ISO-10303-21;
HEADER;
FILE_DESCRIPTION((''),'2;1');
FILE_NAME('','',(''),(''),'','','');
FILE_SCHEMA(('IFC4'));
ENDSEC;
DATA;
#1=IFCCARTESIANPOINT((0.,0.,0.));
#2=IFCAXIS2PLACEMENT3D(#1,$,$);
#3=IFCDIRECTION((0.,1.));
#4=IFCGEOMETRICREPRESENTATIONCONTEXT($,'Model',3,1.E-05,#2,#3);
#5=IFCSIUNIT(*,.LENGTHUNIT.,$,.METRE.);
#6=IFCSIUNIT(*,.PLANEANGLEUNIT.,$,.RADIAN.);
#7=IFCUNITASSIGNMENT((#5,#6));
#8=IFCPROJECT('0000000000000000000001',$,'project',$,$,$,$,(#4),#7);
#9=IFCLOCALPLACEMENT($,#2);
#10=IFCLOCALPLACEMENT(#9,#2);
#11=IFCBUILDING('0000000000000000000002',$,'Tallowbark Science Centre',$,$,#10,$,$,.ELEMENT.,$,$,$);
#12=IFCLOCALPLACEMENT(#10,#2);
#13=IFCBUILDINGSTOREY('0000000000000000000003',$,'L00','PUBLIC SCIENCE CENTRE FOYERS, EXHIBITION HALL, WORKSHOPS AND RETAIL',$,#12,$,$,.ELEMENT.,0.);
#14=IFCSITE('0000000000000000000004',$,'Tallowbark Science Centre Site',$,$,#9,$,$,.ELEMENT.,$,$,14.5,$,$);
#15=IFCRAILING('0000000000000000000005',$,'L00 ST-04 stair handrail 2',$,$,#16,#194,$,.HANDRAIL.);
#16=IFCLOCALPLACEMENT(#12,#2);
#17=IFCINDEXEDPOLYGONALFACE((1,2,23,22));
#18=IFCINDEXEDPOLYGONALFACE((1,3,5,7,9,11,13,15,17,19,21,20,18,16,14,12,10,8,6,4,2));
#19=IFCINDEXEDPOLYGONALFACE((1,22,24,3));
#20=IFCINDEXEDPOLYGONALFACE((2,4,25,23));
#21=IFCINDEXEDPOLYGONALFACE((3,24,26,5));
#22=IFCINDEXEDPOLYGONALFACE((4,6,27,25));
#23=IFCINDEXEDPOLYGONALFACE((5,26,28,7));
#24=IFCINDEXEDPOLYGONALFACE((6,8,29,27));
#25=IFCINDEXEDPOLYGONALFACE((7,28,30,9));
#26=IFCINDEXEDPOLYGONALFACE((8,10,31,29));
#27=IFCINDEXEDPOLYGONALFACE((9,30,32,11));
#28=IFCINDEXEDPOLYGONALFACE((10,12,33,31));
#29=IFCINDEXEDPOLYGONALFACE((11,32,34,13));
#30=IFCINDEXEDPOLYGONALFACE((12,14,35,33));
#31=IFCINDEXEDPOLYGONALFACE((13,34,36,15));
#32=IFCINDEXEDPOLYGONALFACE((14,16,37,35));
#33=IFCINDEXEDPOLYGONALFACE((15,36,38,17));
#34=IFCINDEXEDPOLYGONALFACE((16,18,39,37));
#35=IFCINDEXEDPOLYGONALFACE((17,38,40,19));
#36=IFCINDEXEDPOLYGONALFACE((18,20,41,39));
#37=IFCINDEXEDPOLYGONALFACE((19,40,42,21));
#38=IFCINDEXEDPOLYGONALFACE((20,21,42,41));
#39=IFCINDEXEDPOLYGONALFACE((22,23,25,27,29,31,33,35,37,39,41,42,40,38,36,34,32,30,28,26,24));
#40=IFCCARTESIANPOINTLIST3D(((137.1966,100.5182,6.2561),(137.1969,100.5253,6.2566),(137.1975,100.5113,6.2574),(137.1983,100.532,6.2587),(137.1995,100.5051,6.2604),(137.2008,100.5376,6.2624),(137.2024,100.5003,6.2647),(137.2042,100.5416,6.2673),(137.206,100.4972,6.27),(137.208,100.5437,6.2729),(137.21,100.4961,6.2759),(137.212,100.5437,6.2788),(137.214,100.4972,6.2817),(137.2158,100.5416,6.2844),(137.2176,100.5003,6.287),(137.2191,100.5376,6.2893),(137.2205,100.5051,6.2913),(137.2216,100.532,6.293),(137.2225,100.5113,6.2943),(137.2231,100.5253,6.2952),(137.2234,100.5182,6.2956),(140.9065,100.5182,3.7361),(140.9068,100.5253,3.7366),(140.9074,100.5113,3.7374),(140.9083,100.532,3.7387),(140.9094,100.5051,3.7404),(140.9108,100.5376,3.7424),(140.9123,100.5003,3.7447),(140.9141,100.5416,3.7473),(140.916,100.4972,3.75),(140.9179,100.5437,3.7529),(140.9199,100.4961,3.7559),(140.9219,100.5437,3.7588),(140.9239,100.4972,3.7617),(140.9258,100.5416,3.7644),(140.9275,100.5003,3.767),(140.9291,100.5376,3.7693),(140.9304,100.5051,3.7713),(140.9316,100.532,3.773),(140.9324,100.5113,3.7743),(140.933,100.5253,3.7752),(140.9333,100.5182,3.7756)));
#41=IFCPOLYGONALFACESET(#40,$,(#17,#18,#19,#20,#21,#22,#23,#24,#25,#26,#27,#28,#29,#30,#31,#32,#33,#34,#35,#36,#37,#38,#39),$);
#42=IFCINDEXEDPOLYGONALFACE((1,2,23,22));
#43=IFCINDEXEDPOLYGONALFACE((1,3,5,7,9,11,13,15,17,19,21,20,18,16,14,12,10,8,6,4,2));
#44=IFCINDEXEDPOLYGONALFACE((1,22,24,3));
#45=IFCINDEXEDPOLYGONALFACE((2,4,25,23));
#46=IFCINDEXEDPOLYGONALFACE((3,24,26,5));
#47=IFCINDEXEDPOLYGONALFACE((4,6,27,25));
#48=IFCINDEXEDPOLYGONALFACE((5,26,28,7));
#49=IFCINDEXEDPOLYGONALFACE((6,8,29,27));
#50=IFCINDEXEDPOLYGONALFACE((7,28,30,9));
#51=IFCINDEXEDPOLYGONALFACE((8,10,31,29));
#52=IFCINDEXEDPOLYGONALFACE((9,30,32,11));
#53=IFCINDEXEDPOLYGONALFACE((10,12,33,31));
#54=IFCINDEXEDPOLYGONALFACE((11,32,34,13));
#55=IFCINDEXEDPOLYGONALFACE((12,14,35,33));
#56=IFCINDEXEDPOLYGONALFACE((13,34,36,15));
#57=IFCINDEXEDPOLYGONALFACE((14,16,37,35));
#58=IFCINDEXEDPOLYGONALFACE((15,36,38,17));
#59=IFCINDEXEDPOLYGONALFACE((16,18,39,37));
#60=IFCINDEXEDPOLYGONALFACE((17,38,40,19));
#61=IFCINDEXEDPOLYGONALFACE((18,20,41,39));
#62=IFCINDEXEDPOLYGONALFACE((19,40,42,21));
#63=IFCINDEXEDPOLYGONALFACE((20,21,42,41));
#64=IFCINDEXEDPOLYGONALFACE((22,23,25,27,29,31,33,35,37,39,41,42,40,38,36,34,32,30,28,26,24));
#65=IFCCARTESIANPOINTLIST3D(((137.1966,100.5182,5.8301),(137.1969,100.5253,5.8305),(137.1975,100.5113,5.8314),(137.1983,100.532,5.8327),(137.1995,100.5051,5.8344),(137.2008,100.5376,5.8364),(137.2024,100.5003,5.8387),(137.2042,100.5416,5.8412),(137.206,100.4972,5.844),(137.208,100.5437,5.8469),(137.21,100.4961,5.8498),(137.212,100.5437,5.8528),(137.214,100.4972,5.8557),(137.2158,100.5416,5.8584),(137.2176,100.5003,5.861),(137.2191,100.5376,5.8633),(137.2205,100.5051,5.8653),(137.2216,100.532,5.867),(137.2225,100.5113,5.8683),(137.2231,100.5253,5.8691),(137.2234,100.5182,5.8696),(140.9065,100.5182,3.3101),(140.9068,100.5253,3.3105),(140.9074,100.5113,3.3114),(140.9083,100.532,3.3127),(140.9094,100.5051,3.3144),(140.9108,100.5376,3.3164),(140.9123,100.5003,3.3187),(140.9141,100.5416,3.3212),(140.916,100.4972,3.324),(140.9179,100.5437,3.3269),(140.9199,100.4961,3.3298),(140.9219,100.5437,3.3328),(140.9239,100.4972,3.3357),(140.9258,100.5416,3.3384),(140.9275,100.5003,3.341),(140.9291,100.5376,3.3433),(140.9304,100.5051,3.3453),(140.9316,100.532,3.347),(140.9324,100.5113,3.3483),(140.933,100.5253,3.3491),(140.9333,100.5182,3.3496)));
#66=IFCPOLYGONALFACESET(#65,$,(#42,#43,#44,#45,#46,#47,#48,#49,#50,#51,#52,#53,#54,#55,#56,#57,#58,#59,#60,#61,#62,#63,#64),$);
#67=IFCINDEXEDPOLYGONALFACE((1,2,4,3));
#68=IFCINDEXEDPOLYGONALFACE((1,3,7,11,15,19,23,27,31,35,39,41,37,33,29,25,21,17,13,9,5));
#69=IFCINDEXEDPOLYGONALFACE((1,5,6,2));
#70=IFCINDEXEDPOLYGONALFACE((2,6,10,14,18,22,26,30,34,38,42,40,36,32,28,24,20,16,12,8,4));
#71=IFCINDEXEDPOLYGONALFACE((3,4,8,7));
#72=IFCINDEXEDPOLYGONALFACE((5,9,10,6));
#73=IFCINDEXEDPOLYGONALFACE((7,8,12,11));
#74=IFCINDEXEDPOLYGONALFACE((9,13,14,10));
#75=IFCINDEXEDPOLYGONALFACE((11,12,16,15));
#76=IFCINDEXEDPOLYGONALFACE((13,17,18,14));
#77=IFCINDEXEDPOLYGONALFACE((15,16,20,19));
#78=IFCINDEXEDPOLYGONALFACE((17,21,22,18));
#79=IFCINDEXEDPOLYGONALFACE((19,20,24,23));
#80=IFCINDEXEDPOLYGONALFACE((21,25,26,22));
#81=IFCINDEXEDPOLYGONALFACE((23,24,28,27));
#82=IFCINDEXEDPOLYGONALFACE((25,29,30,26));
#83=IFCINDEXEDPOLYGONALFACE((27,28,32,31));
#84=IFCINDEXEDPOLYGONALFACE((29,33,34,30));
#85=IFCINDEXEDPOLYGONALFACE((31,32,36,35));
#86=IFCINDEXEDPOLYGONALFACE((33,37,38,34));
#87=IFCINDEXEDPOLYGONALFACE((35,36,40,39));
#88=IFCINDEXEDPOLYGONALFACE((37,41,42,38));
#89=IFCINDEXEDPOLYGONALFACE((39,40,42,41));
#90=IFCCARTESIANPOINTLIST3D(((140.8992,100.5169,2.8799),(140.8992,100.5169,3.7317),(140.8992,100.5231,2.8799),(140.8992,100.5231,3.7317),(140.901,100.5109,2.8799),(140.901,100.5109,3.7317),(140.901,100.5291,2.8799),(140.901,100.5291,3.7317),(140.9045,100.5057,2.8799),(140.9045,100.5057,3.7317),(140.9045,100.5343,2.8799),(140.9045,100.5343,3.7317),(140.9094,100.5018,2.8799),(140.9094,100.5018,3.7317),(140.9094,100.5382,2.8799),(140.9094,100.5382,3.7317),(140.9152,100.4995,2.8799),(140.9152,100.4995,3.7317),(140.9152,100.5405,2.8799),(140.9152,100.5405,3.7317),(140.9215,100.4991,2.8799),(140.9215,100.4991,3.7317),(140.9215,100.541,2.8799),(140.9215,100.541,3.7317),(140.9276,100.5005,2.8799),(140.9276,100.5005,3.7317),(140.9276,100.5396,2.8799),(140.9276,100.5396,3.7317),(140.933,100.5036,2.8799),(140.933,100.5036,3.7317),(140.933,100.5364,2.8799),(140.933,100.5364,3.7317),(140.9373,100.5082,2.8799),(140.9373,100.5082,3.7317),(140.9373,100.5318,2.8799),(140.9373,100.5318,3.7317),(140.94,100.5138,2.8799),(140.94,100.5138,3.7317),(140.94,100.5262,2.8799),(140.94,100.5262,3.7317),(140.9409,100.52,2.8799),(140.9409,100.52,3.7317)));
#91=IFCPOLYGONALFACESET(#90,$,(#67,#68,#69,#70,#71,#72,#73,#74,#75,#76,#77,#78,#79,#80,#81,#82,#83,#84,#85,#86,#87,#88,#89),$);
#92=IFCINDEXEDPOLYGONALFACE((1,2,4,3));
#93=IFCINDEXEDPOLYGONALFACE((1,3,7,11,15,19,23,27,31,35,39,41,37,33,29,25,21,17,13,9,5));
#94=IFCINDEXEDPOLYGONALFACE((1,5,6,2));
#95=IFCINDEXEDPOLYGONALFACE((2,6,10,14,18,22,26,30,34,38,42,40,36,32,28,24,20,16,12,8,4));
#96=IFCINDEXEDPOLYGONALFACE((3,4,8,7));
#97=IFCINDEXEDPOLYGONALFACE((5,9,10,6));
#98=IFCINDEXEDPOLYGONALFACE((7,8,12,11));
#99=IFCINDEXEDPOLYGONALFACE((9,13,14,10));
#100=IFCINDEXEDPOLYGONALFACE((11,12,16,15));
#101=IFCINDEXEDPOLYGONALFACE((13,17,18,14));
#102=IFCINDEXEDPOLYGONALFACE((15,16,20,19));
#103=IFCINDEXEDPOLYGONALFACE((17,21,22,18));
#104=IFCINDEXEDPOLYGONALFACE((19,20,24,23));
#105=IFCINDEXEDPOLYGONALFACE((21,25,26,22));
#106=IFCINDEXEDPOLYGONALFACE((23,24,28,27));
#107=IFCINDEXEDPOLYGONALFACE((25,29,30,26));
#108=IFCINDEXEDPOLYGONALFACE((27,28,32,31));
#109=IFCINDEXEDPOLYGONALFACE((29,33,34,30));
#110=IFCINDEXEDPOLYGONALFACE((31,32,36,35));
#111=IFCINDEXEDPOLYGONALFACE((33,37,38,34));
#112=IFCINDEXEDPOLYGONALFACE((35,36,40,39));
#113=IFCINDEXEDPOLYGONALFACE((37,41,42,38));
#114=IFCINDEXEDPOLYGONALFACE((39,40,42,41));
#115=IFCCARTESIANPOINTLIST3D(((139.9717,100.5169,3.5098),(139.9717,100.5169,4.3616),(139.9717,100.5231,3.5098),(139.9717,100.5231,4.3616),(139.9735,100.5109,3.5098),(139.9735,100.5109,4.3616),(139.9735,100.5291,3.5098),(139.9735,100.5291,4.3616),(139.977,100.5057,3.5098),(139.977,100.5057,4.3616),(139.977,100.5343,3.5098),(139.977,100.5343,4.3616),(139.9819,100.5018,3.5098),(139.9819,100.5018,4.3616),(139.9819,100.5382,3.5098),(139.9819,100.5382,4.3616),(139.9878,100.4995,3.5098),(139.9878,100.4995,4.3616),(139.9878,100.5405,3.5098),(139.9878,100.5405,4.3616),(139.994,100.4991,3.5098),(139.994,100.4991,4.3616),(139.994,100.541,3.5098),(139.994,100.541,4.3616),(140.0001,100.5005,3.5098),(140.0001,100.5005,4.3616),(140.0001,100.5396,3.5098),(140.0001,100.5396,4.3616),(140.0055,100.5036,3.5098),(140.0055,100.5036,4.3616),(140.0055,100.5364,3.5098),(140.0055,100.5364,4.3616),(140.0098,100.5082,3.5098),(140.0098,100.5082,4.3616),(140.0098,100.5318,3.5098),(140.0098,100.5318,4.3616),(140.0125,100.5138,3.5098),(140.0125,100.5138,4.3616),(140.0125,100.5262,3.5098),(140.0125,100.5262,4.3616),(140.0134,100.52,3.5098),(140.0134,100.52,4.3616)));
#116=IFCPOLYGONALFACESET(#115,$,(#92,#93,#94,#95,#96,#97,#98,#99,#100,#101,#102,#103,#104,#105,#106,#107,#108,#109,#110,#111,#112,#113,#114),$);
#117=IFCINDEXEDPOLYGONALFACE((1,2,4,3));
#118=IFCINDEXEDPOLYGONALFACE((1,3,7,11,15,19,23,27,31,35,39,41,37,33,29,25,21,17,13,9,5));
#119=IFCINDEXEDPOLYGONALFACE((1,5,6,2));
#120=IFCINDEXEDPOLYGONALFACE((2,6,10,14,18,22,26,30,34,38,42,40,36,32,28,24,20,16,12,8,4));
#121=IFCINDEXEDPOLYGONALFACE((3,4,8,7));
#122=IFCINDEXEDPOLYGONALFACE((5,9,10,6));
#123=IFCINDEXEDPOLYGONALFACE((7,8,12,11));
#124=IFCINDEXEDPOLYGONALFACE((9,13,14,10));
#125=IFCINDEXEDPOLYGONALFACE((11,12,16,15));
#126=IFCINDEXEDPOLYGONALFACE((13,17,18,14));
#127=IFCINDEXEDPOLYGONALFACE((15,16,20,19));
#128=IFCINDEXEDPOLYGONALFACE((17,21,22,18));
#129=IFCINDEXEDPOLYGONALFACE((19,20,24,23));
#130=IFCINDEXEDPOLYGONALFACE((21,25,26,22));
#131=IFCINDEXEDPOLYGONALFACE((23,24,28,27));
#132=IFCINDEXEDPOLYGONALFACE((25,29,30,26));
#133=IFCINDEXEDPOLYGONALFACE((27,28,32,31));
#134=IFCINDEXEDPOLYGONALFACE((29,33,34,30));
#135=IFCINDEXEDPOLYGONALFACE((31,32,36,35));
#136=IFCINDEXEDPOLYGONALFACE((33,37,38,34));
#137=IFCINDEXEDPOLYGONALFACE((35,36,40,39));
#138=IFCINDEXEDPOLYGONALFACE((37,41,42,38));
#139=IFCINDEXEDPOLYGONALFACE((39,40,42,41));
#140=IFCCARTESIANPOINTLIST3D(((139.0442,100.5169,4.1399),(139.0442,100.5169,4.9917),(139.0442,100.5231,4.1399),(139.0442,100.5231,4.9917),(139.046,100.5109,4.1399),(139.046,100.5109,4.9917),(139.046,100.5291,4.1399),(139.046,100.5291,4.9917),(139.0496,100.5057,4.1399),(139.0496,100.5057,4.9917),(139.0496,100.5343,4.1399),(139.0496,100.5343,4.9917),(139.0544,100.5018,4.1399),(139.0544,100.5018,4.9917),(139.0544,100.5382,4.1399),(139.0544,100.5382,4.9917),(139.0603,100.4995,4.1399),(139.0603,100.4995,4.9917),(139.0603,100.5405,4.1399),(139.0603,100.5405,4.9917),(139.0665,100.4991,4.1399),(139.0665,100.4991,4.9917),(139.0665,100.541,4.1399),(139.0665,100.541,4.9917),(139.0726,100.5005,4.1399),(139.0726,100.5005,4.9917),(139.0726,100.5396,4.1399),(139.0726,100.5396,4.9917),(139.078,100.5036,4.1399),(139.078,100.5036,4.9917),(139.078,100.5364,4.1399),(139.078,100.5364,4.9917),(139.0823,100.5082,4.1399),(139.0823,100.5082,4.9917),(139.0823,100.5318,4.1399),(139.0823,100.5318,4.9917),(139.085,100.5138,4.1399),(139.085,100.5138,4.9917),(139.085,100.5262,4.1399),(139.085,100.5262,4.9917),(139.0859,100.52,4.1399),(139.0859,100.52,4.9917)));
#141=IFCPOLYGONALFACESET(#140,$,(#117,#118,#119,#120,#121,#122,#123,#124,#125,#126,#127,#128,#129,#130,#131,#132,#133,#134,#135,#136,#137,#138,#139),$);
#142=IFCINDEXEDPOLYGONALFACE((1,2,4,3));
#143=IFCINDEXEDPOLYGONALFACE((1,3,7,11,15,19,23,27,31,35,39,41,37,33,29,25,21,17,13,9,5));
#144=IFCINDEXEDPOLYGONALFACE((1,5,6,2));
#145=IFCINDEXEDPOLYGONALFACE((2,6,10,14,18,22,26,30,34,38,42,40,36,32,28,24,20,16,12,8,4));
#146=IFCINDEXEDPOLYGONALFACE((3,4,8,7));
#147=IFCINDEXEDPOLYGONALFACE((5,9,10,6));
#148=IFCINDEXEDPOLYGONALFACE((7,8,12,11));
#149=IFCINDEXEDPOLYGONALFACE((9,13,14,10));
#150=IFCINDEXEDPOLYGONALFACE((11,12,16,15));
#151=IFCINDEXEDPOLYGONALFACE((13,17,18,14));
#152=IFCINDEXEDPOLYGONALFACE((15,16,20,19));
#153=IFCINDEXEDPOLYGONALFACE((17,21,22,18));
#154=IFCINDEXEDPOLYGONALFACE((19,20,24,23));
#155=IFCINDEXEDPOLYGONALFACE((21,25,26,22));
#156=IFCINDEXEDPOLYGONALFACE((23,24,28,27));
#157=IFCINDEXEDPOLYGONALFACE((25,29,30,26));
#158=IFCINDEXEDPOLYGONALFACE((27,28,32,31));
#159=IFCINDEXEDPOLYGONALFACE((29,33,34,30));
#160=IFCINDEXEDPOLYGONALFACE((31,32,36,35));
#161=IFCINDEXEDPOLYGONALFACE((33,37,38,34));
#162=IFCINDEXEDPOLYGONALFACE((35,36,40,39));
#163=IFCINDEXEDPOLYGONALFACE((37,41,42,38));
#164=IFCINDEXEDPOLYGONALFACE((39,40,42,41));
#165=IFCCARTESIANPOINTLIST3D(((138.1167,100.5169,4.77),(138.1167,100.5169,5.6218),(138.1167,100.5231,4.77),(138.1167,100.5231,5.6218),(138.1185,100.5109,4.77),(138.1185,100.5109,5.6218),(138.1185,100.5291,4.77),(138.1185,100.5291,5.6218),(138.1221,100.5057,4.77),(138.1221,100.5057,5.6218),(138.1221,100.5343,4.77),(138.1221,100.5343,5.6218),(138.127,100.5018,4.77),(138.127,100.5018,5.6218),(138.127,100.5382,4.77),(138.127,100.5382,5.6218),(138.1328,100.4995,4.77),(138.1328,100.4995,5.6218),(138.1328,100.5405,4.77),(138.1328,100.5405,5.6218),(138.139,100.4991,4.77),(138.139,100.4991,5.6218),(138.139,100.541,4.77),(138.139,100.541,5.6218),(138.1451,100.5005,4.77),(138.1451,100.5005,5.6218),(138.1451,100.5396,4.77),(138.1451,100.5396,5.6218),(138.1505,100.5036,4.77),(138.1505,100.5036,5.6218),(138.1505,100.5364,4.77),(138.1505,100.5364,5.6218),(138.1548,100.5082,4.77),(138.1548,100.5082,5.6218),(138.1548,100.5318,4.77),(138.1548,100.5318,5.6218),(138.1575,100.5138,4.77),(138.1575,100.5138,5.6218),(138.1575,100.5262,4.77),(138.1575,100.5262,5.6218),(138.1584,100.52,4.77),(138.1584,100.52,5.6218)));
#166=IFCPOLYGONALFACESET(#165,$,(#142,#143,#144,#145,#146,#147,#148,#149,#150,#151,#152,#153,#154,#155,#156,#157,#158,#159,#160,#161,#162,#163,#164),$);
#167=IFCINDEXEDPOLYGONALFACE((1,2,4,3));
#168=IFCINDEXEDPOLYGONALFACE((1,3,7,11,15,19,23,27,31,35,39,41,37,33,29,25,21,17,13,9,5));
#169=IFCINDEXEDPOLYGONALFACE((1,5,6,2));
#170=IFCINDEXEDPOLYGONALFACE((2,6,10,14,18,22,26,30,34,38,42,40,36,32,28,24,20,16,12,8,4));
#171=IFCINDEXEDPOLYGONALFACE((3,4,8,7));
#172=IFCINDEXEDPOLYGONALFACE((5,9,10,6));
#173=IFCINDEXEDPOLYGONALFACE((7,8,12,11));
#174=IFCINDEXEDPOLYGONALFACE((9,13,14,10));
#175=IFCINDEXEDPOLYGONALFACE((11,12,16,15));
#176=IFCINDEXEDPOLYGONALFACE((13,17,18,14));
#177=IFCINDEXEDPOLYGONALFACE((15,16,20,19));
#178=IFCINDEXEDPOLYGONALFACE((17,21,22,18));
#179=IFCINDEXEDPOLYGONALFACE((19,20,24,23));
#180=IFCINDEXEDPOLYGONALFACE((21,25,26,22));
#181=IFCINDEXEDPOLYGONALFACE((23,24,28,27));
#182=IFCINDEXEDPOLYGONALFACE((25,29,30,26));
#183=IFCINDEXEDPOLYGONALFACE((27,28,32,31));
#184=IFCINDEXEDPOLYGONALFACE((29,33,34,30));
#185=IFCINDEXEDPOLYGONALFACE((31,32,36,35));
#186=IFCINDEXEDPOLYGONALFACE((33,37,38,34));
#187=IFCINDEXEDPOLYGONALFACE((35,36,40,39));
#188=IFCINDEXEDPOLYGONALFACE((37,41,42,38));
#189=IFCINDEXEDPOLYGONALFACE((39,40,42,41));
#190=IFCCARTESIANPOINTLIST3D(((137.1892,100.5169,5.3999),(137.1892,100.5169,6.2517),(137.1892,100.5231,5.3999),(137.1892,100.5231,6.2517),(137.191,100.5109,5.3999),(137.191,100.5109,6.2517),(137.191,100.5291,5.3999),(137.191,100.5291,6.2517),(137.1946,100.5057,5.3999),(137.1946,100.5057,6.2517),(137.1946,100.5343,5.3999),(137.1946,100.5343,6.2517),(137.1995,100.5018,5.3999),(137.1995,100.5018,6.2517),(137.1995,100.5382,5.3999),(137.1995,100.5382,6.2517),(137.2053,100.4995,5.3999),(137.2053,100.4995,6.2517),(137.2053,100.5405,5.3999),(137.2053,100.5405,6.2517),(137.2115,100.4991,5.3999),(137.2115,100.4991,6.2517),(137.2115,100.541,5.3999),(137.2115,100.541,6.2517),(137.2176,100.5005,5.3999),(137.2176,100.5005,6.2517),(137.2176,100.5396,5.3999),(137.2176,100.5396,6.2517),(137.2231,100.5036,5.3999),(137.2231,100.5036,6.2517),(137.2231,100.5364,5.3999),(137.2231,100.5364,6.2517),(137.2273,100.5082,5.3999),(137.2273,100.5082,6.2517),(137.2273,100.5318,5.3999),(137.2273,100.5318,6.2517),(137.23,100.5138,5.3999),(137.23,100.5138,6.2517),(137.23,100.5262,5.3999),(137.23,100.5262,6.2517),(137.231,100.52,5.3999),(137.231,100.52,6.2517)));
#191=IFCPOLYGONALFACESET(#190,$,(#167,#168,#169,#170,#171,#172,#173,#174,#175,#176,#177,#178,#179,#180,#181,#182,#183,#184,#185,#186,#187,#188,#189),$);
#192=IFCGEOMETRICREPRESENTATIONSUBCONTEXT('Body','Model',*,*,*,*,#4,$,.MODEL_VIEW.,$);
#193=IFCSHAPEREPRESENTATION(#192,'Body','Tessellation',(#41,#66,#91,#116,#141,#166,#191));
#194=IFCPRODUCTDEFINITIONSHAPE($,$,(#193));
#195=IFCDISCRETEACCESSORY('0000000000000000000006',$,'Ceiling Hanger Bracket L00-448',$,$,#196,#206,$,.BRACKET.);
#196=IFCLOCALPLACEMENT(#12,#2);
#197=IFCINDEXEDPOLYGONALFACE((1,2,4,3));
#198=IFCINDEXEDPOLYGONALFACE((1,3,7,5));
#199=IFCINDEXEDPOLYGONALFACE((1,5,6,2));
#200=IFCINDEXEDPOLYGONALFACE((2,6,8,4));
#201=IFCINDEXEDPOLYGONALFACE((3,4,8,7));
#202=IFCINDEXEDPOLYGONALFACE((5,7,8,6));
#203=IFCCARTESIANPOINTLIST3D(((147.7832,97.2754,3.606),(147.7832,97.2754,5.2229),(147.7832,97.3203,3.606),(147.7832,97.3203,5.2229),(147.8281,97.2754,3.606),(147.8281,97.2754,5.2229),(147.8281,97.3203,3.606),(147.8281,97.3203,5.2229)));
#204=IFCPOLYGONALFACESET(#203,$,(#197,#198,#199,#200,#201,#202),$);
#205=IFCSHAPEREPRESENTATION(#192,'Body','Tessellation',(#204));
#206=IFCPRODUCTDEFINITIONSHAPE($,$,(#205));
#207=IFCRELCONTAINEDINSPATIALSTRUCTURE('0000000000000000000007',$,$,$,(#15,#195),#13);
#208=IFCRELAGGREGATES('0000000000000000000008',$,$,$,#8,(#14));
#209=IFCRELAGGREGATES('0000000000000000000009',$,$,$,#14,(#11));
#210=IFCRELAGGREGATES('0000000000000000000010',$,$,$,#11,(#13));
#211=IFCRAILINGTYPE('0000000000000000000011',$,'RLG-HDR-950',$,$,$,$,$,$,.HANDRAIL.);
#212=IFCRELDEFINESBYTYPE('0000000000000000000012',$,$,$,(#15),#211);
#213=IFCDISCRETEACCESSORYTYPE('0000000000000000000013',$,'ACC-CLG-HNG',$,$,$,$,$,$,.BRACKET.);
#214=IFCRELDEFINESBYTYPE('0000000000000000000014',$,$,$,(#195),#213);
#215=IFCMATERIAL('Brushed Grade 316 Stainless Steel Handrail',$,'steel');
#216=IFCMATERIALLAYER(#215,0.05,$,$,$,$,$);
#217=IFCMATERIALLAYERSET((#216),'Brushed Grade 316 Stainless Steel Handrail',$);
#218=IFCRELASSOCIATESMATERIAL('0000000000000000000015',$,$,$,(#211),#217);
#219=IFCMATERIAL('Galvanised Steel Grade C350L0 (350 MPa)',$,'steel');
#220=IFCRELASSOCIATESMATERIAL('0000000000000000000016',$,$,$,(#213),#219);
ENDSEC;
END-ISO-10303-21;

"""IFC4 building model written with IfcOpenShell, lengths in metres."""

from ifc_helpers import new_model, si_unit, direction, frame, origin, origin_2d, place, context, subcontext, project, spatial, rectangle, circle, extrude, material, layer, layer_set, type_object, element, save


model = new_model("IFC4")

# Units and contexts
model_context = context("Model", 3, precision=1e-05, world=origin(), true_north=direction((0.0, 1.0)))
body_context = subcontext(model_context, "Body", "Model", "MODEL_VIEW")
ifc_project = project(units=[si_unit("LENGTHUNIT", "METRE"), si_unit("PLANEANGLEUNIT", "RADIAN")], contexts=[model_context])

# Site, building, storey
site_placement = place(None, origin())
site = spatial("IfcSite", under=ifc_project, at=site_placement, Name="Tallowbark Science Centre Site", CompositionType="ELEMENT", RefElevation=14.5)
building_placement = place(site_placement, origin())
building = spatial("IfcBuilding", under=site, at=building_placement, Name="Tallowbark Science Centre", CompositionType="ELEMENT")
storey_placement = place(building_placement, origin())
storey = spatial("IfcBuildingStorey", under=building, at=storey_placement, Name="L00", Description="PUBLIC SCIENCE CENTRE FOYERS, EXHIBITION HALL, WORKSHOPS AND RETAIL", CompositionType="ELEMENT", Elevation=0.0)

# Railing
ifc_material_1 = material(Name="Brushed Grade 316 Stainless Steel Handrail", Category="steel")
ifc_layer_1 = layer(ifc_material_1, 0.05)
ifc_layer_set_1 = layer_set([ifc_layer_1], Name="Brushed Grade 316 Stainless Steel Handrail")
railing_type_1 = type_object("IfcRailingType", Name="RLG-HDR-950", PredefinedType="HANDRAIL", material=ifc_layer_set_1)
railing_1_placement = place(storey_placement, frame((140.9199, 100.52, 2.8799)))
element("IfcRailing", 1, at=railing_1_placement, inside=storey, type_object=railing_type_1, Name="L00 ST-04 stair handrail 2", PredefinedType="HANDRAIL", context=body_context, shape_type="SweptSolid", body=[
    extrude(circle(Radius=0.0239, at=origin_2d()), frame((0.0, 0.0, 0.876), z_axis=(-0.827212, 0.0, 0.56189), x_axis=(0.0, -1.0, 0.0)), (0.0, 0.0, 1.0), 4.4849),
    extrude(circle(Radius=0.0239, at=origin_2d()), frame((0.0, 0.0, 0.45), z_axis=(-0.827212, 0.0, 0.56189), x_axis=(0.0, -1.0, 0.0)), (0.0, 0.0, 1.0), 4.4849),
    extrude(circle(Radius=0.021, at=origin_2d()), origin(), (0.0, 0.0, 1.0), 0.8518),
    extrude(circle(Radius=0.021, at=origin_2d()), frame((-0.9275, 0.0, 0.6299)), (0.0, 0.0, 1.0), 0.8518),
    extrude(circle(Radius=0.021, at=origin_2d()), frame((-1.855, 0.0, 1.26)), (0.0, 0.0, 1.0), 0.8518),
    extrude(circle(Radius=0.021, at=origin_2d()), frame((-2.7825, 0.0, 1.8901)), (0.0, 0.0, 1.0), 0.8518),
    extrude(circle(Radius=0.021, at=origin_2d()), frame((-3.71, 0.0, 2.52)), (0.0, 0.0, 1.0), 0.8518),
])

# Discrete accessory
ifc_material_2 = material(Name="Galvanised Steel Grade C350L0 (350 MPa)", Category="steel")
discrete_accessory_type = type_object("IfcDiscreteAccessoryType", Name="ACC-CLG-HNG", PredefinedType="BRACKET", material=ifc_material_2)
for number, where, z_axis, x_axis, name in (
    (2, (147.8057, 97.2979, 3.606), (0.0, 0.0, 1.0), (1.0, 0.0, 0.0), "Ceiling Hanger Bracket L00-448"),
):
    element("IfcDiscreteAccessory", number, at=place(storey_placement, frame(where, z_axis=z_axis, x_axis=x_axis)), inside=storey, type_object=discrete_accessory_type, Name=name, PredefinedType="BRACKET", context=body_context, shape_type="SweptSolid", body=[
        extrude(rectangle(XDim=0.0449, YDim=0.0449, at=origin_2d()), origin(), (0.0, 0.0, 1.0), 1.6169),
    ])

save(model, "model.ifc")
